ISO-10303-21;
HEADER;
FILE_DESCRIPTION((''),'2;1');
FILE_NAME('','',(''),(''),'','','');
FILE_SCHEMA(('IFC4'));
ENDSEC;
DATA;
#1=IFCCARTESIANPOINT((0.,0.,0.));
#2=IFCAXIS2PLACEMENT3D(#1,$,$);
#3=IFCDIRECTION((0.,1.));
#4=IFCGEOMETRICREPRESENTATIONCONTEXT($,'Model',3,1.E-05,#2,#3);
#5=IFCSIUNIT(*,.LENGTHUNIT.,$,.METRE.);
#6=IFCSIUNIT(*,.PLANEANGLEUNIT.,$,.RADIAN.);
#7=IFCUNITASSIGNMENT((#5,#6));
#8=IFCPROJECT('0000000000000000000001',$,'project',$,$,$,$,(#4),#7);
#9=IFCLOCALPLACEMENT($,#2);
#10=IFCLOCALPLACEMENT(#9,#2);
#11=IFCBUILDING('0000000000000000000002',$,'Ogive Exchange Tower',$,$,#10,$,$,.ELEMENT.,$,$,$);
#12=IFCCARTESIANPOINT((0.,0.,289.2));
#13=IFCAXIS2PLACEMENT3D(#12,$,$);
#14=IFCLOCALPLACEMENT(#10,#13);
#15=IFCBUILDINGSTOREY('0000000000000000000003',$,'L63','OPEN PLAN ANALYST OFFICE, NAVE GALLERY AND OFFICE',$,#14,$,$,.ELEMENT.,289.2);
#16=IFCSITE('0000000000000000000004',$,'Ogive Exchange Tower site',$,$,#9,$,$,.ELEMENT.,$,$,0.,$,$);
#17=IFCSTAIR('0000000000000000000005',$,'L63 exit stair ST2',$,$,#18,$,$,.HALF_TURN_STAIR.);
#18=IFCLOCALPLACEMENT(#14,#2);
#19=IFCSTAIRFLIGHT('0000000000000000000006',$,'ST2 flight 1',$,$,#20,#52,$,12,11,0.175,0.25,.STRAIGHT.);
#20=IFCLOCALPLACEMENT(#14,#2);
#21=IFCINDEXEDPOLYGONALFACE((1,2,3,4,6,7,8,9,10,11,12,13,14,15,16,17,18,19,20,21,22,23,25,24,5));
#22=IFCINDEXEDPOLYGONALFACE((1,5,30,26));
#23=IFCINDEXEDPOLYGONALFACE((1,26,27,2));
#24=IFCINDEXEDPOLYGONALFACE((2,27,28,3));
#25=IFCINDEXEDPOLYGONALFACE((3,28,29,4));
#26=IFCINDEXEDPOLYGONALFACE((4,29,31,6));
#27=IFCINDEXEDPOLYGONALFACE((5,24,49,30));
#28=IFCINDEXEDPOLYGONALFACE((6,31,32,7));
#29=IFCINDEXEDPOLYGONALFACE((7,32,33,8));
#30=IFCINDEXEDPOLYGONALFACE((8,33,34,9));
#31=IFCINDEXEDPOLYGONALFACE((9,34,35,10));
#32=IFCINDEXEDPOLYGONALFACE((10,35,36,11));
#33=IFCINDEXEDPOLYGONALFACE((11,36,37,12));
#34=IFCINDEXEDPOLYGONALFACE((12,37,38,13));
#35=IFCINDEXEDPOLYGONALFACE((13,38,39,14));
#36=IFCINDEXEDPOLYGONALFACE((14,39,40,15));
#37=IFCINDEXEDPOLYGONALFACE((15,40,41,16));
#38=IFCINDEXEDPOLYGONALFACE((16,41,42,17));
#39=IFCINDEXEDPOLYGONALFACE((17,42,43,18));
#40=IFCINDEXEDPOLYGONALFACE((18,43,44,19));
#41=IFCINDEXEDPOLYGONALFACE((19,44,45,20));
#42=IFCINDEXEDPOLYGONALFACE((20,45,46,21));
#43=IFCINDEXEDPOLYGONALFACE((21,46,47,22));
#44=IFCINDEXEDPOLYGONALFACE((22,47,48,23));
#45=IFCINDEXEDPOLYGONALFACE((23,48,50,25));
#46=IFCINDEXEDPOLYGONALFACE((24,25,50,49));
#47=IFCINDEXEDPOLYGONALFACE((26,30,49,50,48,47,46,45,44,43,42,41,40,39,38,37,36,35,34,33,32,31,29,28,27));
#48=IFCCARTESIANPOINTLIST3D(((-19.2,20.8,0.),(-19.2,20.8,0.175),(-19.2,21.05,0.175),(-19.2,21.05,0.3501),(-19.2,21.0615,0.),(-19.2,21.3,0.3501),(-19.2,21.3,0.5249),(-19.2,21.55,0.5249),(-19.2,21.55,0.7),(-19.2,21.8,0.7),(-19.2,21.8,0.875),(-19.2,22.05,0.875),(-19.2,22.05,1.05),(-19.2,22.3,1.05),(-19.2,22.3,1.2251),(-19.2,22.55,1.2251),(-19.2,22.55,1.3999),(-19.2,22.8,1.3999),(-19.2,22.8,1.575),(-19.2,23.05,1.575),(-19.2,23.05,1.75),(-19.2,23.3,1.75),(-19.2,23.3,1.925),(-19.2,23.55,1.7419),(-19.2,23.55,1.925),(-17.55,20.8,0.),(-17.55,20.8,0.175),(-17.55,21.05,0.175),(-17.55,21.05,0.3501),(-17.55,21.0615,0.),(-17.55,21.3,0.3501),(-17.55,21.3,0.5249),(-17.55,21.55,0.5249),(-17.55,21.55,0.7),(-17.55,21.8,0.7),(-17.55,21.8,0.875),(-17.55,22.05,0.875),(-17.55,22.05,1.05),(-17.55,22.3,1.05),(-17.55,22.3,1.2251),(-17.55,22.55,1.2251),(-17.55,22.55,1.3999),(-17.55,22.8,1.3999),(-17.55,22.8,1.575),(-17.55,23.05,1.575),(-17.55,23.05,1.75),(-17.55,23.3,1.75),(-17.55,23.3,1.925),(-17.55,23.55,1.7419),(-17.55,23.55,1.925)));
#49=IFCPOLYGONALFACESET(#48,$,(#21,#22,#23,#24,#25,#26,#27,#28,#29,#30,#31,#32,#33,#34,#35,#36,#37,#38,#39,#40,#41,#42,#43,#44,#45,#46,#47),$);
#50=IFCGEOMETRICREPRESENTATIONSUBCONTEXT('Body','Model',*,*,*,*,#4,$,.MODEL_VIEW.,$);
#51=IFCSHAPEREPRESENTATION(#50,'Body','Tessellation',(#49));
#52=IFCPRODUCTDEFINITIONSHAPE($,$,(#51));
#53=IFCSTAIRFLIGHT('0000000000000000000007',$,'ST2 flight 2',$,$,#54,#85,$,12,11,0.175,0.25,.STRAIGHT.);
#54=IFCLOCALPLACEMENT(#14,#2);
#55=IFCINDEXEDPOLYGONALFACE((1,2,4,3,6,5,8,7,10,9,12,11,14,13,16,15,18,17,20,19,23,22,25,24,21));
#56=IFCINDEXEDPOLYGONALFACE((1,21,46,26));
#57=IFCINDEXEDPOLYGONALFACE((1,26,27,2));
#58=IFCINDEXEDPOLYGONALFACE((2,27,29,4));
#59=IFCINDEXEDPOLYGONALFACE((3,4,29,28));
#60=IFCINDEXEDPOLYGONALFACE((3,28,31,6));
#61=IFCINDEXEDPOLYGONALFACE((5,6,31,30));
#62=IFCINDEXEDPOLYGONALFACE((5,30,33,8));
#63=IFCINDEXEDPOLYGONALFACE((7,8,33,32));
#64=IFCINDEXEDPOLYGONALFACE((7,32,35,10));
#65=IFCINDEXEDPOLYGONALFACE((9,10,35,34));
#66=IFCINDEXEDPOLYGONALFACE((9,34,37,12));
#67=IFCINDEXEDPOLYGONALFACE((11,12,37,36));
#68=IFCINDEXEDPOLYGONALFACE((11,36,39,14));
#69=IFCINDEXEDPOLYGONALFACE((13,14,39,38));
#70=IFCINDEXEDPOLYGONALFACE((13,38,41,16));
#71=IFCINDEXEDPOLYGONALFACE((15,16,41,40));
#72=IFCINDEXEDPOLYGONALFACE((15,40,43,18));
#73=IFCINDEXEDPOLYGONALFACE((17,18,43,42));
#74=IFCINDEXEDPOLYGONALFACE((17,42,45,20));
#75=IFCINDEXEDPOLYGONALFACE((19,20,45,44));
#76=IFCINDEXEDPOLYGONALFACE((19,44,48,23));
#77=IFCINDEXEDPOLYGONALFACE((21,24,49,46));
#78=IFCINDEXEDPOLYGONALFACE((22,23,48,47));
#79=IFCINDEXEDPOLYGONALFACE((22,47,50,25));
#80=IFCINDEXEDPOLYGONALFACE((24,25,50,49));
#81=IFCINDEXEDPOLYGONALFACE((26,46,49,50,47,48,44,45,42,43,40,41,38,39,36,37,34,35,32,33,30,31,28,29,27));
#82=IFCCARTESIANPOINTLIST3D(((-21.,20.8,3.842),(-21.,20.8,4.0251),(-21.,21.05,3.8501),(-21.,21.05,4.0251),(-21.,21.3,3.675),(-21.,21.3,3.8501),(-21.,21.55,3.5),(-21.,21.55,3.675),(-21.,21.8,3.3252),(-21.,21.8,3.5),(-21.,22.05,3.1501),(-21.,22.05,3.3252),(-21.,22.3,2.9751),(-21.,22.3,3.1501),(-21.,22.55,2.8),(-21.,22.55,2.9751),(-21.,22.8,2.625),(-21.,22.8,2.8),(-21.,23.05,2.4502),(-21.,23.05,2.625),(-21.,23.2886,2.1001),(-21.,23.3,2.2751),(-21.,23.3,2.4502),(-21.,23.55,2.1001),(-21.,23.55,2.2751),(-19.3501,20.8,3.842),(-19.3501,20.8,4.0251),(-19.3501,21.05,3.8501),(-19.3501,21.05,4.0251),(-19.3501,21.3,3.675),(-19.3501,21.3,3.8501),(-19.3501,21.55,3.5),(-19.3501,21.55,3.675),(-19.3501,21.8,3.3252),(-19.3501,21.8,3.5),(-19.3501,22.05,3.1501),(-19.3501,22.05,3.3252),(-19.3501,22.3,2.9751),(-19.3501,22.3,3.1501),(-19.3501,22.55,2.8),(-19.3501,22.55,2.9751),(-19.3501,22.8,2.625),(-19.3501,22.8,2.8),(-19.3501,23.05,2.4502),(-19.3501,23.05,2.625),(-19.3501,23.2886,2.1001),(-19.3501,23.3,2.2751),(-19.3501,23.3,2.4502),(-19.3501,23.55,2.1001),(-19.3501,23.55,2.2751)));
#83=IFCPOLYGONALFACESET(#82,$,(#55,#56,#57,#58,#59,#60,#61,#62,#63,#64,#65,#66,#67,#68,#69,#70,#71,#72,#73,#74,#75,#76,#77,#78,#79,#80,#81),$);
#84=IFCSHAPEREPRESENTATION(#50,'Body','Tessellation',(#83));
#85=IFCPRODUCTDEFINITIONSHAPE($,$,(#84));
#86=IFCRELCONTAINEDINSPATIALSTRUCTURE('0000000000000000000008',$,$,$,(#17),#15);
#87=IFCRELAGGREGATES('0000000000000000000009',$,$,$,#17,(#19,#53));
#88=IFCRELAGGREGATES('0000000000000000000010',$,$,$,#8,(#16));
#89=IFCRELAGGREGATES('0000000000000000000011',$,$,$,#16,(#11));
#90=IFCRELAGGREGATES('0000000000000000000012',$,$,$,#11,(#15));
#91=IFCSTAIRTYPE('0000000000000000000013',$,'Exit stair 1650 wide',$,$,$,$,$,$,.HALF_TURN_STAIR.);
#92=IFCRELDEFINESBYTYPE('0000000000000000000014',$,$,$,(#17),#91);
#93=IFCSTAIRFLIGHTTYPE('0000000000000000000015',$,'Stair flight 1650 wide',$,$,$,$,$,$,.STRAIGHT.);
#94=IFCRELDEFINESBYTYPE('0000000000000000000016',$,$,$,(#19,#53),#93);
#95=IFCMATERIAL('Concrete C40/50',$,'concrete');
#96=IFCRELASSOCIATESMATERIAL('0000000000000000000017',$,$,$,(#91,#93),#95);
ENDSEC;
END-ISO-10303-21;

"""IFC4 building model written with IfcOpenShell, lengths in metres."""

from ifc_helpers import new_model, si_unit, direction, frame, origin, place, context, subcontext, project, spatial, polyline, outline, extrude, material, type_object, element, aggregate, save


model = new_model("IFC4")

# Units and contexts
model_context = context("Model", 3, precision=1e-05, world=origin(), true_north=direction((0.0, 1.0)))
body_context = subcontext(model_context, "Body", "Model", "MODEL_VIEW")
ifc_project = project(units=[si_unit("LENGTHUNIT", "METRE"), si_unit("PLANEANGLEUNIT", "RADIAN")], contexts=[model_context])

# Site, building, storey
site_placement = place(None, origin())
site = spatial("IfcSite", under=ifc_project, at=site_placement, Name="Ogive Exchange Tower site", CompositionType="ELEMENT", RefElevation=0.0)
building_placement = place(site_placement, origin())
building = spatial("IfcBuilding", under=site, at=building_placement, Name="Ogive Exchange Tower", CompositionType="ELEMENT")
storey_placement = place(building_placement, frame((0.0, 0.0, 289.2)))
storey = spatial("IfcBuildingStorey", under=building, at=storey_placement, Name="L63", Description="OPEN PLAN ANALYST OFFICE, NAVE GALLERY AND OFFICE", CompositionType="ELEMENT", Elevation=289.2)

# Stair, stair flights
ifc_material_1 = material(Name="Concrete C40/50", Category="concrete")
stair_type = type_object("IfcStairType", Name="Exit stair 1650 wide", PredefinedType="HALF_TURN_STAIR", material=ifc_material_1)
stair_placement = place(storey_placement, origin())
stair = element("IfcStair", 1, at=stair_placement, inside=storey, type_object=stair_type, Name="L63 exit stair ST2", PredefinedType="HALF_TURN_STAIR")
stair_flight_type = type_object("IfcStairFlightType", Name="Stair flight 1650 wide", PredefinedType="STRAIGHT", material=ifc_material_1)
stair_flight_1_placement = place(storey_placement, frame((-18.375, 20.8, 0.0), z_axis=(0.0, 0.0, 1.0), x_axis=(0.0, 1.0, 0.0)))
stair_flight_1 = element("IfcStairFlight", 2, at=stair_flight_1_placement, type_object=stair_flight_type, Name="ST2 flight 1", NumberOfRisers=12, NumberOfTreads=11, PredefinedType="STRAIGHT", RiserHeight=0.175, TreadLength=0.25, context=body_context, shape_type="SweptSolid", body=[
    extrude(outline(polyline([(0.0, 0.0), (0.0, 0.175), (0.25, 0.175), (0.25, 0.3501), (0.5, 0.3501), (0.5, 0.5249), (0.75, 0.5249), (0.75, 0.7), (1.0, 0.7), (1.0, 0.875), (1.25, 0.875), (1.25, 1.05), (1.5, 1.05), (1.5, 1.2251), (1.75, 1.2251), (1.75, 1.3999), (2.0, 1.3999), (2.0, 1.575), (2.25, 1.575), (2.25, 1.75), (2.5, 1.75), (2.5, 1.925), (2.75, 1.925), (2.75, 2.1001), (2.75, 1.7419), (0.2615, 0.0), (0.0, 0.0)])), frame((0.0, 0.825, 0.0), z_axis=(0.0, -1.0, 0.0), x_axis=(1.0, 0.0, 0.0)), (0.0, 0.0, 1.0), 1.6499),
])
stair_flight_2_placement = place(storey_placement, frame((-20.175, 23.55, 2.1001), z_axis=(0.0, 0.0, 1.0), x_axis=(0.0, -1.0, 0.0)))
stair_flight_2 = element("IfcStairFlight", 3, at=stair_flight_2_placement, type_object=stair_flight_type, Name="ST2 flight 2", NumberOfRisers=12, NumberOfTreads=11, PredefinedType="STRAIGHT", RiserHeight=0.175, TreadLength=0.25, context=body_context, shape_type="SweptSolid", body=[
    extrude(outline(polyline([(0.0, 0.0), (0.0, 0.175), (0.25, 0.175), (0.25, 0.3501), (0.5, 0.3501), (0.5, 0.5249), (0.75, 0.5249), (0.75, 0.7), (1.0, 0.7), (1.0, 0.875), (1.25, 0.875), (1.25, 1.05), (1.5, 1.05), (1.5, 1.2251), (1.75, 1.2251), (1.75, 1.3999), (2.0, 1.3999), (2.0, 1.575), (2.25, 1.575), (2.25, 1.75), (2.5, 1.75), (2.5, 1.925), (2.75, 1.925), (2.75, 2.1001), (2.75, 1.7419), (0.2615, 0.0), (0.0, 0.0)])), frame((0.0, 0.825, 0.0), z_axis=(0.0, -1.0, 0.0), x_axis=(1.0, 0.0, 0.0)), (0.0, 0.0, 1.0), 1.6499),
])
aggregate(stair, [stair_flight_1, stair_flight_2])

save(model, "model.ifc")
